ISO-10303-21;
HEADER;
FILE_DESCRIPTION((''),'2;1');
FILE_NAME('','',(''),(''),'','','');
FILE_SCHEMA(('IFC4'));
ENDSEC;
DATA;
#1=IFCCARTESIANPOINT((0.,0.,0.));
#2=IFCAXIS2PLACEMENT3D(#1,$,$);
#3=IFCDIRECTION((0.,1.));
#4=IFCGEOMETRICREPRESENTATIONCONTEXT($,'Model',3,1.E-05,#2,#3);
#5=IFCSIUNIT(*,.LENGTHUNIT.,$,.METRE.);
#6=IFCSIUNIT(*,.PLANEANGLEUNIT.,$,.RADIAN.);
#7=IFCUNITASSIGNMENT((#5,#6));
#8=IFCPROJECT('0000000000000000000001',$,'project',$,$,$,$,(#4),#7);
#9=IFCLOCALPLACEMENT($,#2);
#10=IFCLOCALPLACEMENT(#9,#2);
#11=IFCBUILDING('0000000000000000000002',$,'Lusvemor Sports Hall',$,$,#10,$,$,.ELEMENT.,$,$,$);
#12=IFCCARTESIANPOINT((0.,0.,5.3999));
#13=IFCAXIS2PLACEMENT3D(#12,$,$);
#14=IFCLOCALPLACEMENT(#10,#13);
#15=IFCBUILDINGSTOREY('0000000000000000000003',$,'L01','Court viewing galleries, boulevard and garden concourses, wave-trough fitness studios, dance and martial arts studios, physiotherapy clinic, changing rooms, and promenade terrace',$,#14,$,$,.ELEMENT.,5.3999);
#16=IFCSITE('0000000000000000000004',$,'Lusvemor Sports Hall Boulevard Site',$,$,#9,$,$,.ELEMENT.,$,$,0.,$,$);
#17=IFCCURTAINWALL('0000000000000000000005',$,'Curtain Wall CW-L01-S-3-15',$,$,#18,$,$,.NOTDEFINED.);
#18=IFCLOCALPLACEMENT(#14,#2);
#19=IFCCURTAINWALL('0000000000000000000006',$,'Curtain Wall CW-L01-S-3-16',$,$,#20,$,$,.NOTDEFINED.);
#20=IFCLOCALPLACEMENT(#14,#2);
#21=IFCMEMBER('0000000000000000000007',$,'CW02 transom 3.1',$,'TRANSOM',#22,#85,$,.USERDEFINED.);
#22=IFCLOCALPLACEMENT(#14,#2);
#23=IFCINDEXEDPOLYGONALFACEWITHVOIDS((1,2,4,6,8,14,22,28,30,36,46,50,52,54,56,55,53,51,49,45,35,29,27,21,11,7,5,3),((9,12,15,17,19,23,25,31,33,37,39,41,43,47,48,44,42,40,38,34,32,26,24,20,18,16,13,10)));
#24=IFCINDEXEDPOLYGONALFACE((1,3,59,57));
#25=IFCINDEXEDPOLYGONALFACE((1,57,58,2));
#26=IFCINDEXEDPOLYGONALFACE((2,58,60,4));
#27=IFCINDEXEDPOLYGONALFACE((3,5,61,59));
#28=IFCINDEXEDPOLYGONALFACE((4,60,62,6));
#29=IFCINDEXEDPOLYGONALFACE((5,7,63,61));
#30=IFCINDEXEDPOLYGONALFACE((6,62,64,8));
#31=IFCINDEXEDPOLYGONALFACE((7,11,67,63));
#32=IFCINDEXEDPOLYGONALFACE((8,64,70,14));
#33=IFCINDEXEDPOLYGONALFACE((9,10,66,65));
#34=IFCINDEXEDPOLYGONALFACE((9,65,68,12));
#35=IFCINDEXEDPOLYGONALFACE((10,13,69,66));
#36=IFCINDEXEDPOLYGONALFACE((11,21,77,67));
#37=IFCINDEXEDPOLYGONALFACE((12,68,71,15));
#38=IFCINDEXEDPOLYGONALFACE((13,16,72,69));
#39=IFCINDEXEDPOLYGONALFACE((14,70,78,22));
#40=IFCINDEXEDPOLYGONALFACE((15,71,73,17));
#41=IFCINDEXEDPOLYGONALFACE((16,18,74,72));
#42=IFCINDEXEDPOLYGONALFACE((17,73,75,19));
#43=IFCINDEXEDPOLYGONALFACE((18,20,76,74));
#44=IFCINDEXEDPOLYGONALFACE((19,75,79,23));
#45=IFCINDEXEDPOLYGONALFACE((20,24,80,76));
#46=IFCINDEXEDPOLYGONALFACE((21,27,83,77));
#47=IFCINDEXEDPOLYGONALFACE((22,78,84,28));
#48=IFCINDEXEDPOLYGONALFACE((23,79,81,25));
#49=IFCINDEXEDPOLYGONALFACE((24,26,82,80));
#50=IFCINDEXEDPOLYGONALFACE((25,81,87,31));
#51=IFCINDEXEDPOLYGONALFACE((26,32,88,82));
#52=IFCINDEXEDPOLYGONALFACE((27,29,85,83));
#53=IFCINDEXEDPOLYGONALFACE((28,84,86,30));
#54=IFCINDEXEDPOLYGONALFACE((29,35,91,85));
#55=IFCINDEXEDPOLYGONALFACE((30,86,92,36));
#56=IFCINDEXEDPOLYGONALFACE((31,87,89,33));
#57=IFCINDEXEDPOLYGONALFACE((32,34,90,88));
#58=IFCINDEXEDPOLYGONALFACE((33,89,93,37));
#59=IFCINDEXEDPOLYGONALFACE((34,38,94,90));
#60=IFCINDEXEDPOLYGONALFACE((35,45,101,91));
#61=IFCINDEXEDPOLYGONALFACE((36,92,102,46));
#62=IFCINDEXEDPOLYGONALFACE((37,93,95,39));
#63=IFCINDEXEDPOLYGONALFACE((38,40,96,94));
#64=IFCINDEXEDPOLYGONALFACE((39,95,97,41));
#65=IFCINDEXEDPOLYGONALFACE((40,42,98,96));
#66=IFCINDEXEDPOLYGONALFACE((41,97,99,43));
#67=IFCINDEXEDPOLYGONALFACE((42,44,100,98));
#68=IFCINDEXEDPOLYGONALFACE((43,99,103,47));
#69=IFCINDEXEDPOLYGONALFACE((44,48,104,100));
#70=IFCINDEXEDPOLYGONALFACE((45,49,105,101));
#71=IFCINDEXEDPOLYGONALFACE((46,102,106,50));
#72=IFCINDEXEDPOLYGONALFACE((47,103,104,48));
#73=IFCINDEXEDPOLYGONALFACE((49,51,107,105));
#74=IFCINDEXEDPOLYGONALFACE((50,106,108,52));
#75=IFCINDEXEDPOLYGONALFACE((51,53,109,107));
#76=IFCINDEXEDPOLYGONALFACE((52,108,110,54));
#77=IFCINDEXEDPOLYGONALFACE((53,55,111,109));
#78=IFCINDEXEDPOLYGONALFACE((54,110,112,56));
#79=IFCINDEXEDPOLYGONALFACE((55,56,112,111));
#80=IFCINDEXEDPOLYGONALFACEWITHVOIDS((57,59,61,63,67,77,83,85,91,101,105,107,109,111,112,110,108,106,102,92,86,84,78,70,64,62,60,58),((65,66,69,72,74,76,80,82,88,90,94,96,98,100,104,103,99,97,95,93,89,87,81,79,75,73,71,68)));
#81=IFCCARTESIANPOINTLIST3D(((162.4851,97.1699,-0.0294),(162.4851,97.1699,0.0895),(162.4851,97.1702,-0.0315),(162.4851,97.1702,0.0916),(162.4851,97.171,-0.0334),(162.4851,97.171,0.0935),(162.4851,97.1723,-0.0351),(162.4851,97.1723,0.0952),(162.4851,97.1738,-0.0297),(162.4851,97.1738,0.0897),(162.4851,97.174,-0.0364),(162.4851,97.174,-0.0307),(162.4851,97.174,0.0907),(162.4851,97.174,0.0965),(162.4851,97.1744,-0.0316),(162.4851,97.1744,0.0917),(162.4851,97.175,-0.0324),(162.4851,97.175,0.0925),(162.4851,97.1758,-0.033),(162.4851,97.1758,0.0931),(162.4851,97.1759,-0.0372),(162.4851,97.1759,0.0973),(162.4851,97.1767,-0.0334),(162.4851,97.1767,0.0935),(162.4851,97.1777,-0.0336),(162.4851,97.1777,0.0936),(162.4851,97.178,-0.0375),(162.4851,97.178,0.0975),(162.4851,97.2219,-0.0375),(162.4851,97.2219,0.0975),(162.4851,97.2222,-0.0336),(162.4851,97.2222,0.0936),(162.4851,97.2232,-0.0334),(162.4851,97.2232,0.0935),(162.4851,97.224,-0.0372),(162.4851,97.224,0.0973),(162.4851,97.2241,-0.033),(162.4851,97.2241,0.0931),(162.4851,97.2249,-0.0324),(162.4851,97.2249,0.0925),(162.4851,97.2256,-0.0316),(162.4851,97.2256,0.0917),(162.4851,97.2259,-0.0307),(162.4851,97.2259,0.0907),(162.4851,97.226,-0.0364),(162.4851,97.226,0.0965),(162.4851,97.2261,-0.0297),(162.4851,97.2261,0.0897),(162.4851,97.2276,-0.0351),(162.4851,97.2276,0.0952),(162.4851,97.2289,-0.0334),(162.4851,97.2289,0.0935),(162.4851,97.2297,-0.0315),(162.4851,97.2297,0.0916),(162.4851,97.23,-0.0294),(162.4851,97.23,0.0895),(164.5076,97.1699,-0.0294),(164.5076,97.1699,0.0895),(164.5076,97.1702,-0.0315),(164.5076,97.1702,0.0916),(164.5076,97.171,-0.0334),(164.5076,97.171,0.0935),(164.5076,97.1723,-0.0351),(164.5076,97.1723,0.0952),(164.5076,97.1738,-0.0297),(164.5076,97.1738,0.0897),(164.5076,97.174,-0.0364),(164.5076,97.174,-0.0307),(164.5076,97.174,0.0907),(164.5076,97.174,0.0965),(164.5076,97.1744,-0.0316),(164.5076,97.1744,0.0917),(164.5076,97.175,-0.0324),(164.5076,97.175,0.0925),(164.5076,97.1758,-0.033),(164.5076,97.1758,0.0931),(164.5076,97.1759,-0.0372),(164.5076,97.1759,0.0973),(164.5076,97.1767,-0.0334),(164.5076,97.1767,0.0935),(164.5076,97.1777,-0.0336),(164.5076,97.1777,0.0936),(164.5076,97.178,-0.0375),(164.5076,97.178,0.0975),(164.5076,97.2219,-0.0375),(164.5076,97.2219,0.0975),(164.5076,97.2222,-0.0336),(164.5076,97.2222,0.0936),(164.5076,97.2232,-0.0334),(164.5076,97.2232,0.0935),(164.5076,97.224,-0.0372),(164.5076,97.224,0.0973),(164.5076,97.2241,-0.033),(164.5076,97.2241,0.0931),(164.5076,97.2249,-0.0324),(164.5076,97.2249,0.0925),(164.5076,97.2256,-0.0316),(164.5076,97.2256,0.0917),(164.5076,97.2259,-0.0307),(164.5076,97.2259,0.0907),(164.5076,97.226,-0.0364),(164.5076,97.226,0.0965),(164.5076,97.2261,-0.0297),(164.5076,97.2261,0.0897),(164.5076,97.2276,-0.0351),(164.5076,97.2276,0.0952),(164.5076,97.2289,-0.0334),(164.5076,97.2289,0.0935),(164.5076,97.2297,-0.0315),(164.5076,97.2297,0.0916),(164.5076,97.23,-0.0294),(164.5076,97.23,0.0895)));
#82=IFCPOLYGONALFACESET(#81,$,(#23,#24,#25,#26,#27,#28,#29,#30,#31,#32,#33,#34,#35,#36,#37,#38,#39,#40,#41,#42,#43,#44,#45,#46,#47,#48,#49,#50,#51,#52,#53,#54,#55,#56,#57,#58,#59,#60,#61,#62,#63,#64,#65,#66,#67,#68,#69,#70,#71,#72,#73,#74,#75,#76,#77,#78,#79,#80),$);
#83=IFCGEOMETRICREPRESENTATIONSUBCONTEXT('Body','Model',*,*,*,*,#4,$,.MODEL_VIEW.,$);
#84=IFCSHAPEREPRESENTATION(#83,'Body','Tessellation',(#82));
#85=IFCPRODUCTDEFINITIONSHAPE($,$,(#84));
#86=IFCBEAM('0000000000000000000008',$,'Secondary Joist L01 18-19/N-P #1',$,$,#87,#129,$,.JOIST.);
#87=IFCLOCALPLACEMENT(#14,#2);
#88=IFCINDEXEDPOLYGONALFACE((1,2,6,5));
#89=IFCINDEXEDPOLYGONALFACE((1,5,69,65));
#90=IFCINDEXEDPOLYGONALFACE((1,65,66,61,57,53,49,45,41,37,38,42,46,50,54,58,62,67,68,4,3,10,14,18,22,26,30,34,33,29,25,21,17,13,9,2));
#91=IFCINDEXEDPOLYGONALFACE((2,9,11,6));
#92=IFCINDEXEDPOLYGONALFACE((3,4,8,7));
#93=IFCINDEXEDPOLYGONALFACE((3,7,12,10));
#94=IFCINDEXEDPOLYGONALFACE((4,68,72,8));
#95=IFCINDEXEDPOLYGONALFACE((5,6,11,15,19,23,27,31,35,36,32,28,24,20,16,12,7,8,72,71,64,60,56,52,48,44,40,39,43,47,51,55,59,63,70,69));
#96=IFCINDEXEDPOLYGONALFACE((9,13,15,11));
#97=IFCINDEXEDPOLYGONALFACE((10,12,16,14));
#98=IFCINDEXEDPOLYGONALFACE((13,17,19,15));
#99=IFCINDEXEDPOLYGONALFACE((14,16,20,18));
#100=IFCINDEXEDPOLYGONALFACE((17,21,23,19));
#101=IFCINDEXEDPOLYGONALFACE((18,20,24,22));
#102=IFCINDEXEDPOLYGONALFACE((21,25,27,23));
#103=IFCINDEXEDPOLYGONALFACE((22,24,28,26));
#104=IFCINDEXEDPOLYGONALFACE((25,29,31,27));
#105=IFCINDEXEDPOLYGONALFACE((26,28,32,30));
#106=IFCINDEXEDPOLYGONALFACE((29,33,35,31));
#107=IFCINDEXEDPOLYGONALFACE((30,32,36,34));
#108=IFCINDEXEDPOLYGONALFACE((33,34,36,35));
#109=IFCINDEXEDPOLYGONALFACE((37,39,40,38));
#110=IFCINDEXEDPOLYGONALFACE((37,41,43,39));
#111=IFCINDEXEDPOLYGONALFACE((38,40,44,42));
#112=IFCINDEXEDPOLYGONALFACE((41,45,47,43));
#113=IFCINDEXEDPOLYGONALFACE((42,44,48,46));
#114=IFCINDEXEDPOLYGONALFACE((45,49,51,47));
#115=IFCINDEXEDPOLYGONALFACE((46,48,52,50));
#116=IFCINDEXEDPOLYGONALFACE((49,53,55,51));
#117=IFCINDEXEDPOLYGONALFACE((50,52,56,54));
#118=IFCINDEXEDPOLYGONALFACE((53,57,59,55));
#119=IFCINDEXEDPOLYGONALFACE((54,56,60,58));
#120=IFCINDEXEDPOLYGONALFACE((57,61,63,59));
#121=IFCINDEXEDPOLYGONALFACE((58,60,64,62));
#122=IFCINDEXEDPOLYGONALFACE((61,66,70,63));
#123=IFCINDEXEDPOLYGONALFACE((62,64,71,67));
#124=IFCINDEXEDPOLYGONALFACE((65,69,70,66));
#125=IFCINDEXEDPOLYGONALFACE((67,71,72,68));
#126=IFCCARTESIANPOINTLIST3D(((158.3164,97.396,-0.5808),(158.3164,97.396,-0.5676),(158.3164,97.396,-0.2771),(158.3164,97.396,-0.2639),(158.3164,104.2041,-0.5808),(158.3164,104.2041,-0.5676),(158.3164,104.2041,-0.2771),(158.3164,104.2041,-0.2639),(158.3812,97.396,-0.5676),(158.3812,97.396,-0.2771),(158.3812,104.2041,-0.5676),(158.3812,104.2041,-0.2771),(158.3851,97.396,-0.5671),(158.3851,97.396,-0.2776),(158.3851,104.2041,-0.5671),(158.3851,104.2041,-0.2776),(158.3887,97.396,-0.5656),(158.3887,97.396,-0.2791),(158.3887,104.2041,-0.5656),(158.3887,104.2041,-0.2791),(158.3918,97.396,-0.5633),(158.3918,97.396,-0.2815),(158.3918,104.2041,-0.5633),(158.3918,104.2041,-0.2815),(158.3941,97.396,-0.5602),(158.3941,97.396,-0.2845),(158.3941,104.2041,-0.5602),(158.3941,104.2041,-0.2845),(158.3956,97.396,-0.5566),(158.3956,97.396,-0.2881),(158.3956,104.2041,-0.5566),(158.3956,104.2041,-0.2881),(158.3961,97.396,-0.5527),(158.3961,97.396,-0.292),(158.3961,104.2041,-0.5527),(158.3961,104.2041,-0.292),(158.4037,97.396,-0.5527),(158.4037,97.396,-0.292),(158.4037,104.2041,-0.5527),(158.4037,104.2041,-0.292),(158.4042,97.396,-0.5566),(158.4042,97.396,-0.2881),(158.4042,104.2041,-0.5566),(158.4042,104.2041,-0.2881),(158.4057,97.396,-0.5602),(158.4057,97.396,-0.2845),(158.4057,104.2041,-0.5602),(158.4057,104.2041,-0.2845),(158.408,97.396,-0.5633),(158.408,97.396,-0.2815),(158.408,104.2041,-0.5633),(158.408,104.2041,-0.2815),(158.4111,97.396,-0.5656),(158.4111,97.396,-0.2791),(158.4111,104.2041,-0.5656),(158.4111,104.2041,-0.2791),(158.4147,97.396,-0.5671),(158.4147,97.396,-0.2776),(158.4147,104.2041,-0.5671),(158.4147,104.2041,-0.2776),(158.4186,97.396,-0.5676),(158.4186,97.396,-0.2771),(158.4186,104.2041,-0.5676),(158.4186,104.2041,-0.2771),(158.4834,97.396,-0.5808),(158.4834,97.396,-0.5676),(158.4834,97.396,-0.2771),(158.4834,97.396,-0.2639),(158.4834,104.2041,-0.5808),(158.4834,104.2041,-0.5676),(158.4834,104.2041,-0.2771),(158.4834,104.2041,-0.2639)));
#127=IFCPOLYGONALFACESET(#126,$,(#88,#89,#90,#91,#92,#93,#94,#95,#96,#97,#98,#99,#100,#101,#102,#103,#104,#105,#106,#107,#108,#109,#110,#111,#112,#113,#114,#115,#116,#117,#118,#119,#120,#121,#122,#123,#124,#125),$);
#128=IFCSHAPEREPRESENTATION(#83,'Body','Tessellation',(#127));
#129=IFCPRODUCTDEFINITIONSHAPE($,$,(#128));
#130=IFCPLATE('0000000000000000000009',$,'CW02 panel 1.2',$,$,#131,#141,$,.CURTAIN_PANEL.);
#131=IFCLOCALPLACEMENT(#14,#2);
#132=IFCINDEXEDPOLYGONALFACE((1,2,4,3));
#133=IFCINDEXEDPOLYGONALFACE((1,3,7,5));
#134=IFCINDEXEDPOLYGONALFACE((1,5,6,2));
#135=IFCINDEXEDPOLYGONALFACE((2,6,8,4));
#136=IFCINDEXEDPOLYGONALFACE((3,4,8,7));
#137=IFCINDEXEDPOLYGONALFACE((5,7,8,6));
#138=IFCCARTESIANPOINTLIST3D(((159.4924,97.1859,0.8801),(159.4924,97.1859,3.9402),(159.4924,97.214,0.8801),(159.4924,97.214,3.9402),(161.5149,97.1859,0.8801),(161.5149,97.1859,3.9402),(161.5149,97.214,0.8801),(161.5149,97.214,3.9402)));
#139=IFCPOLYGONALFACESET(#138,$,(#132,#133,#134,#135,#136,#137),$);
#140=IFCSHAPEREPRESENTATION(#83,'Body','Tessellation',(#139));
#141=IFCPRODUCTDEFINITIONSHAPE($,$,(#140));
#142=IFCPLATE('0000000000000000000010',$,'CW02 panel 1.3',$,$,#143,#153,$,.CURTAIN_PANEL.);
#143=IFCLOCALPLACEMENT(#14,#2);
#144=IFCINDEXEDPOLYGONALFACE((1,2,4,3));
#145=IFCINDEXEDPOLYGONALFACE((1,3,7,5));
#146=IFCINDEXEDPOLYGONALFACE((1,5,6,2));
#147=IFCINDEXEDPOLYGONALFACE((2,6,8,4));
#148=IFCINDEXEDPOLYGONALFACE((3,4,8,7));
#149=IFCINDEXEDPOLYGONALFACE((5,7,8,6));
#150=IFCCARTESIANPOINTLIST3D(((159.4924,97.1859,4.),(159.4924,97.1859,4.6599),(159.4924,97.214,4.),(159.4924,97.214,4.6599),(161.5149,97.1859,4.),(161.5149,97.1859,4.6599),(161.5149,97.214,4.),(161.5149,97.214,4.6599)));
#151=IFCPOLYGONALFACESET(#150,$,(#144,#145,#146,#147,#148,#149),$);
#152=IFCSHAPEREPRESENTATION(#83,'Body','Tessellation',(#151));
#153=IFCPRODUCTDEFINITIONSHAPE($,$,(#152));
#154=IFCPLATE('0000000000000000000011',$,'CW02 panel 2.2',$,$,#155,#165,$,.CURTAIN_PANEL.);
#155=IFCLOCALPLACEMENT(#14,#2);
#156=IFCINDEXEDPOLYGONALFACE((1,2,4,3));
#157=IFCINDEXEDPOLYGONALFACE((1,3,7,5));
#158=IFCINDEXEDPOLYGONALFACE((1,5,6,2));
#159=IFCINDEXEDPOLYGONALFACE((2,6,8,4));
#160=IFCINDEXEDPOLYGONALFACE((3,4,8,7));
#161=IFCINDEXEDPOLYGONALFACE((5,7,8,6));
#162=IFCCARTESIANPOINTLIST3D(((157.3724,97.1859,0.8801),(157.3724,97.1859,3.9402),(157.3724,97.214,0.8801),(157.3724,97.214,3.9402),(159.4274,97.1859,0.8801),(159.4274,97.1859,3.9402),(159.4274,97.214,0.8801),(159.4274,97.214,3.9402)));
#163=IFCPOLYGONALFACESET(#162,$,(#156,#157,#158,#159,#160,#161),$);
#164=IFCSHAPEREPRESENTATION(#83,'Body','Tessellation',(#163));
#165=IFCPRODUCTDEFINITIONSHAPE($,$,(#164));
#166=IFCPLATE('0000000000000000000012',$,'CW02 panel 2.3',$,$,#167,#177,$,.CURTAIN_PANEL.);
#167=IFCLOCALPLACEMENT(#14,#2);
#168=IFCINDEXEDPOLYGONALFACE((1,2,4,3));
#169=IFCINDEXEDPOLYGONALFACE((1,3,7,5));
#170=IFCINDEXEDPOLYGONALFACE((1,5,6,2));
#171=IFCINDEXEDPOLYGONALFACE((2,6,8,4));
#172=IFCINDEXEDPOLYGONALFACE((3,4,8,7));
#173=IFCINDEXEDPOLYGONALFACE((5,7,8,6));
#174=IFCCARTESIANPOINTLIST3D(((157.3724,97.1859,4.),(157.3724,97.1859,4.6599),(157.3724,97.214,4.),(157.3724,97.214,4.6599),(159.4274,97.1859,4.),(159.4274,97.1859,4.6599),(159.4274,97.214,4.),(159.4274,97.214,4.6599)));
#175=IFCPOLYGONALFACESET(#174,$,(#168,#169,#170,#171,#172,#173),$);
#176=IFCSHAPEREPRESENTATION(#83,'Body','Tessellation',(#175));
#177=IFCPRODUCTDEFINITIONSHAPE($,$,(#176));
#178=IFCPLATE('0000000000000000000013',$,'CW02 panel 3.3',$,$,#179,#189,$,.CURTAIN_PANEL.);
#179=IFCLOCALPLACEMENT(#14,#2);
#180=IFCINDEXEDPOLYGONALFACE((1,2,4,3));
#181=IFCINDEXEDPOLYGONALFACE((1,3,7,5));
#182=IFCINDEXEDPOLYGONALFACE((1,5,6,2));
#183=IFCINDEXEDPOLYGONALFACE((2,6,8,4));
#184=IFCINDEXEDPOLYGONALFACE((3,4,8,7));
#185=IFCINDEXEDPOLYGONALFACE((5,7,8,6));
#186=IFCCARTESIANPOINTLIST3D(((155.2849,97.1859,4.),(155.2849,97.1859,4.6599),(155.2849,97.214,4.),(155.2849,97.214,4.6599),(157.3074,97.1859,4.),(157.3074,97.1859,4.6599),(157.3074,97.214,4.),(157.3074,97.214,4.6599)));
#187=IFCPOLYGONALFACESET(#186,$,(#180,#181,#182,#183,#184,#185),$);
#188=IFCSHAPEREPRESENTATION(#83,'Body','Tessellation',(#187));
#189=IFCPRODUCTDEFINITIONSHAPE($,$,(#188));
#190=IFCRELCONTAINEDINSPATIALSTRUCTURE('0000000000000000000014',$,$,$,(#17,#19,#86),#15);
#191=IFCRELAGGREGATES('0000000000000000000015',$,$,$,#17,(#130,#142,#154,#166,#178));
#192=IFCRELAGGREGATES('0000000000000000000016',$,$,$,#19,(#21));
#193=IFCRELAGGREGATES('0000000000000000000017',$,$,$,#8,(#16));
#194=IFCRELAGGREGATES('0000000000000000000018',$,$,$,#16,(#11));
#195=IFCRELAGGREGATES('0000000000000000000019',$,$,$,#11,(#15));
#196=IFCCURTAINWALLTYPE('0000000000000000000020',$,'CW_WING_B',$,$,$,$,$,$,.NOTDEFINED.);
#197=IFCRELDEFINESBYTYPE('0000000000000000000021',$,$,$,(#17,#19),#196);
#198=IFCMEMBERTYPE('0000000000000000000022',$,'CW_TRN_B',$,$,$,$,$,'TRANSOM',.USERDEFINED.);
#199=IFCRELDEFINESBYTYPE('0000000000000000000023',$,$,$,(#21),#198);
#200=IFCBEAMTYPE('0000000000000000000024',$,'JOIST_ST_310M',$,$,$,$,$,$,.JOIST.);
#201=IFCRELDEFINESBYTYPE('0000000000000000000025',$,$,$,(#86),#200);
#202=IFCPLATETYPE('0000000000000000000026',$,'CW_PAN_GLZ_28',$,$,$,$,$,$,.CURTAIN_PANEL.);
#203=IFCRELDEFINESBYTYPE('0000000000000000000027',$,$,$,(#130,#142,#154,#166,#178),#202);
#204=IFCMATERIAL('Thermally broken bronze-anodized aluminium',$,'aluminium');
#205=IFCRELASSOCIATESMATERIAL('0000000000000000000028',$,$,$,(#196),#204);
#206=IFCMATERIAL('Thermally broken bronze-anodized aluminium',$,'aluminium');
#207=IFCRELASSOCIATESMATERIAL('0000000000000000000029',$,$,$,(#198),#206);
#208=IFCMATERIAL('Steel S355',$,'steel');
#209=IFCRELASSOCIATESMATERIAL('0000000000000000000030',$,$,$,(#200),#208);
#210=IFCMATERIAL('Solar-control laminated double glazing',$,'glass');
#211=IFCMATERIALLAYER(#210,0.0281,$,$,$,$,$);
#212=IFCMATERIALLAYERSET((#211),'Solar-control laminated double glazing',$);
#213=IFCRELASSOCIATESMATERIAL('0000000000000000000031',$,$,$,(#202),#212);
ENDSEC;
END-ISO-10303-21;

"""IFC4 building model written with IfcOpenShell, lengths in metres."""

from ifc_helpers import new_model, si_unit, direction, frame, origin, origin_2d, place, context, subcontext, project, spatial, rectangle, hollow_rectangle, i_section, extrude, material, layer, layer_set, material_profile, profile_set, type_object, element, aggregate, save


model = new_model("IFC4")

# Units and contexts
model_context = context("Model", 3, precision=1e-05, world=origin(), true_north=direction((0.0, 1.0)))
body_context = subcontext(model_context, "Body", "Model", "MODEL_VIEW")
ifc_project = project(units=[si_unit("LENGTHUNIT", "METRE"), si_unit("PLANEANGLEUNIT", "RADIAN")], contexts=[model_context])

# Site, building, storey
site_placement = place(None, origin())
site = spatial("IfcSite", under=ifc_project, at=site_placement, Name="Lusvemor Sports Hall Boulevard Site", CompositionType="ELEMENT", RefElevation=0.0)
building_placement = place(site_placement, origin())
building = spatial("IfcBuilding", under=site, at=building_placement, Name="Lusvemor Sports Hall", CompositionType="ELEMENT")
storey_placement = place(building_placement, frame((0.0, 0.0, 5.3999)))
storey = spatial("IfcBuildingStorey", under=building, at=storey_placement, Name="L01", Description="Court viewing galleries, boulevard and garden concourses, wave-trough fitness studios, dance and martial arts studios, physiotherapy clinic, changing rooms, and promenade terrace", CompositionType="ELEMENT", Elevation=5.3999)

# Curtain wall
ifc_material_1 = material(Name="Thermally broken bronze-anodized aluminium", Category="aluminium")
curtain_wall_type = type_object("IfcCurtainWallType", Name="CW_WING_B", PredefinedType="NOTDEFINED", material=ifc_material_1)
curtain_wall_1_placement = place(storey_placement, origin())
curtain_wall_1 = element("IfcCurtainWall", 1, at=curtain_wall_1_placement, inside=storey, type_object=curtain_wall_type, Name="Curtain Wall CW-L01-S-3-15", PredefinedType="NOTDEFINED")

# Curtain wall
curtain_wall_2_placement = place(storey_placement, origin())
curtain_wall_2 = element("IfcCurtainWall", 2, at=curtain_wall_2_placement, inside=storey, type_object=curtain_wall_type, Name="Curtain Wall CW-L01-S-3-16", PredefinedType="NOTDEFINED")

# Member
ifc_material_2 = material(Name="Thermally broken bronze-anodized aluminium", Category="aluminium")
ifc_material_profile_1 = material_profile(ifc_material_2, hollow_rectangle(XDim=0.0601, YDim=0.135, WallThickness=0.0039, InnerFilletRadius=0.0039, OuterFilletRadius=0.0081, at=origin_2d()), Name="CWTRN135x60x4")
ifc_profile_set_1 = profile_set([ifc_material_profile_1], Name="Thermally broken bronze-anodized aluminium")
member_type_1 = type_object("IfcMemberType", Name="CW_TRN_B", ElementType="TRANSOM", PredefinedType="USERDEFINED", material=ifc_profile_set_1)
member_1_placement = place(storey_placement, frame((164.5076, 97.2, 0.03), z_axis=(-1.0, 0.0, 0.0), x_axis=(0.0, -1.0, 0.0)))
member_1 = element("IfcMember", 3, at=member_1_placement, type_object=member_type_1, Name="CW02 transom 3.1", ObjectType="TRANSOM", PredefinedType="USERDEFINED", context=body_context, shape_type="SweptSolid", body=[
    extrude(hollow_rectangle(XDim=0.0601, YDim=0.135, WallThickness=0.0039, InnerFilletRadius=0.0039, OuterFilletRadius=0.0081, at=origin_2d()), origin(), (0.0, 0.0, 1.0), 2.0225),
])

# Beam
ifc_material_3 = material(Name="Steel S355", Category="steel")
ifc_material_profile_2 = material_profile(ifc_material_3, i_section(OverallWidth=0.167, OverallDepth=0.3169, WebThickness=0.0076, FlangeThickness=0.0132, FilletRadius=0.0149, at=origin_2d()), Name="W310x52.0")
ifc_profile_set_2 = profile_set([ifc_material_profile_2], Name="Steel S355")
beam_type_1 = type_object("IfcBeamType", Name="JOIST_ST_310M", PredefinedType="JOIST", material=ifc_profile_set_2)
beam_1_placement = place(storey_placement, frame((158.3999, 97.396, -0.4224), z_axis=(0.0, 1.0, 0.0), x_axis=(-1.0, 0.0, 0.0)))
element("IfcBeam", 4, at=beam_1_placement, inside=storey, type_object=beam_type_1, Name="Secondary Joist L01 18-19/N-P #1", PredefinedType="JOIST", context=body_context, shape_type="SweptSolid", body=[
    extrude(i_section(OverallWidth=0.167, OverallDepth=0.3169, WebThickness=0.0076, FlangeThickness=0.0132, FilletRadius=0.0149, at=origin_2d()), origin(), (0.0, 0.0, 1.0), 6.8081),
])

# Plates
ifc_material_4 = material(Name="Solar-control laminated double glazing", Category="glass")
ifc_layer_1 = layer(ifc_material_4, 0.0281)
ifc_layer_set_1 = layer_set([ifc_layer_1], Name="Solar-control laminated double glazing")
plate_type_1 = type_object("IfcPlateType", Name="CW_PAN_GLZ_28", PredefinedType="CURTAIN_PANEL", material=ifc_layer_set_1)
plate_1_placement = place(storey_placement, frame((160.5037, 97.2, 0.8801), z_axis=(0.0, 0.0, 1.0), x_axis=(-1.0, 0.0, 0.0)))
plate_1 = element("IfcPlate", 5, at=plate_1_placement, type_object=plate_type_1, Name="CW02 panel 1.2", PredefinedType="CURTAIN_PANEL", context=body_context, shape_type="SweptSolid", body=[
    extrude(rectangle(XDim=2.0225, YDim=0.0281, at=origin_2d()), origin(), (0.0, 0.0, 1.0), 3.0601),
])
plate_2_placement = place(storey_placement, frame((160.5037, 97.2, 4.0), z_axis=(0.0, 0.0, 1.0), x_axis=(-1.0, 0.0, 0.0)))
plate_2 = element("IfcPlate", 6, at=plate_2_placement, type_object=plate_type_1, Name="CW02 panel 1.3", PredefinedType="CURTAIN_PANEL", context=body_context, shape_type="SweptSolid", body=[
    extrude(rectangle(XDim=2.0225, YDim=0.0281, at=origin_2d()), origin(), (0.0, 0.0, 1.0), 0.6599),
])
plate_3_placement = place(storey_placement, frame((158.3999, 97.2, 0.8801), z_axis=(0.0, 0.0, 1.0), x_axis=(-1.0, 0.0, 0.0)))
plate_3 = element("IfcPlate", 7, at=plate_3_placement, type_object=plate_type_1, Name="CW02 panel 2.2", PredefinedType="CURTAIN_PANEL", context=body_context, shape_type="SweptSolid", body=[
    extrude(rectangle(XDim=2.0549, YDim=0.0281, at=origin_2d()), origin(), (0.0, 0.0, 1.0), 3.0601),
])
plate_4_placement = place(storey_placement, frame((158.3999, 97.2, 4.0), z_axis=(0.0, 0.0, 1.0), x_axis=(-1.0, 0.0, 0.0)))
plate_4 = element("IfcPlate", 8, at=plate_4_placement, type_object=plate_type_1, Name="CW02 panel 2.3", PredefinedType="CURTAIN_PANEL", context=body_context, shape_type="SweptSolid", body=[
    extrude(rectangle(XDim=2.0549, YDim=0.0281, at=origin_2d()), origin(), (0.0, 0.0, 1.0), 0.6599),
])
plate_5_placement = place(storey_placement, frame((156.2961, 97.2, 4.0), z_axis=(0.0, 0.0, 1.0), x_axis=(-1.0, 0.0, 0.0)))
plate_5 = element("IfcPlate", 9, at=plate_5_placement, type_object=plate_type_1, Name="CW02 panel 3.3", PredefinedType="CURTAIN_PANEL", context=body_context, shape_type="SweptSolid", body=[
    extrude(rectangle(XDim=2.0225, YDim=0.0281, at=origin_2d()), origin(), (0.0, 0.0, 1.0), 0.6599),
])
aggregate(curtain_wall_1, [plate_1, plate_2, plate_3, plate_4, plate_5])
aggregate(curtain_wall_2, [member_1])

save(model, "model.ifc")
